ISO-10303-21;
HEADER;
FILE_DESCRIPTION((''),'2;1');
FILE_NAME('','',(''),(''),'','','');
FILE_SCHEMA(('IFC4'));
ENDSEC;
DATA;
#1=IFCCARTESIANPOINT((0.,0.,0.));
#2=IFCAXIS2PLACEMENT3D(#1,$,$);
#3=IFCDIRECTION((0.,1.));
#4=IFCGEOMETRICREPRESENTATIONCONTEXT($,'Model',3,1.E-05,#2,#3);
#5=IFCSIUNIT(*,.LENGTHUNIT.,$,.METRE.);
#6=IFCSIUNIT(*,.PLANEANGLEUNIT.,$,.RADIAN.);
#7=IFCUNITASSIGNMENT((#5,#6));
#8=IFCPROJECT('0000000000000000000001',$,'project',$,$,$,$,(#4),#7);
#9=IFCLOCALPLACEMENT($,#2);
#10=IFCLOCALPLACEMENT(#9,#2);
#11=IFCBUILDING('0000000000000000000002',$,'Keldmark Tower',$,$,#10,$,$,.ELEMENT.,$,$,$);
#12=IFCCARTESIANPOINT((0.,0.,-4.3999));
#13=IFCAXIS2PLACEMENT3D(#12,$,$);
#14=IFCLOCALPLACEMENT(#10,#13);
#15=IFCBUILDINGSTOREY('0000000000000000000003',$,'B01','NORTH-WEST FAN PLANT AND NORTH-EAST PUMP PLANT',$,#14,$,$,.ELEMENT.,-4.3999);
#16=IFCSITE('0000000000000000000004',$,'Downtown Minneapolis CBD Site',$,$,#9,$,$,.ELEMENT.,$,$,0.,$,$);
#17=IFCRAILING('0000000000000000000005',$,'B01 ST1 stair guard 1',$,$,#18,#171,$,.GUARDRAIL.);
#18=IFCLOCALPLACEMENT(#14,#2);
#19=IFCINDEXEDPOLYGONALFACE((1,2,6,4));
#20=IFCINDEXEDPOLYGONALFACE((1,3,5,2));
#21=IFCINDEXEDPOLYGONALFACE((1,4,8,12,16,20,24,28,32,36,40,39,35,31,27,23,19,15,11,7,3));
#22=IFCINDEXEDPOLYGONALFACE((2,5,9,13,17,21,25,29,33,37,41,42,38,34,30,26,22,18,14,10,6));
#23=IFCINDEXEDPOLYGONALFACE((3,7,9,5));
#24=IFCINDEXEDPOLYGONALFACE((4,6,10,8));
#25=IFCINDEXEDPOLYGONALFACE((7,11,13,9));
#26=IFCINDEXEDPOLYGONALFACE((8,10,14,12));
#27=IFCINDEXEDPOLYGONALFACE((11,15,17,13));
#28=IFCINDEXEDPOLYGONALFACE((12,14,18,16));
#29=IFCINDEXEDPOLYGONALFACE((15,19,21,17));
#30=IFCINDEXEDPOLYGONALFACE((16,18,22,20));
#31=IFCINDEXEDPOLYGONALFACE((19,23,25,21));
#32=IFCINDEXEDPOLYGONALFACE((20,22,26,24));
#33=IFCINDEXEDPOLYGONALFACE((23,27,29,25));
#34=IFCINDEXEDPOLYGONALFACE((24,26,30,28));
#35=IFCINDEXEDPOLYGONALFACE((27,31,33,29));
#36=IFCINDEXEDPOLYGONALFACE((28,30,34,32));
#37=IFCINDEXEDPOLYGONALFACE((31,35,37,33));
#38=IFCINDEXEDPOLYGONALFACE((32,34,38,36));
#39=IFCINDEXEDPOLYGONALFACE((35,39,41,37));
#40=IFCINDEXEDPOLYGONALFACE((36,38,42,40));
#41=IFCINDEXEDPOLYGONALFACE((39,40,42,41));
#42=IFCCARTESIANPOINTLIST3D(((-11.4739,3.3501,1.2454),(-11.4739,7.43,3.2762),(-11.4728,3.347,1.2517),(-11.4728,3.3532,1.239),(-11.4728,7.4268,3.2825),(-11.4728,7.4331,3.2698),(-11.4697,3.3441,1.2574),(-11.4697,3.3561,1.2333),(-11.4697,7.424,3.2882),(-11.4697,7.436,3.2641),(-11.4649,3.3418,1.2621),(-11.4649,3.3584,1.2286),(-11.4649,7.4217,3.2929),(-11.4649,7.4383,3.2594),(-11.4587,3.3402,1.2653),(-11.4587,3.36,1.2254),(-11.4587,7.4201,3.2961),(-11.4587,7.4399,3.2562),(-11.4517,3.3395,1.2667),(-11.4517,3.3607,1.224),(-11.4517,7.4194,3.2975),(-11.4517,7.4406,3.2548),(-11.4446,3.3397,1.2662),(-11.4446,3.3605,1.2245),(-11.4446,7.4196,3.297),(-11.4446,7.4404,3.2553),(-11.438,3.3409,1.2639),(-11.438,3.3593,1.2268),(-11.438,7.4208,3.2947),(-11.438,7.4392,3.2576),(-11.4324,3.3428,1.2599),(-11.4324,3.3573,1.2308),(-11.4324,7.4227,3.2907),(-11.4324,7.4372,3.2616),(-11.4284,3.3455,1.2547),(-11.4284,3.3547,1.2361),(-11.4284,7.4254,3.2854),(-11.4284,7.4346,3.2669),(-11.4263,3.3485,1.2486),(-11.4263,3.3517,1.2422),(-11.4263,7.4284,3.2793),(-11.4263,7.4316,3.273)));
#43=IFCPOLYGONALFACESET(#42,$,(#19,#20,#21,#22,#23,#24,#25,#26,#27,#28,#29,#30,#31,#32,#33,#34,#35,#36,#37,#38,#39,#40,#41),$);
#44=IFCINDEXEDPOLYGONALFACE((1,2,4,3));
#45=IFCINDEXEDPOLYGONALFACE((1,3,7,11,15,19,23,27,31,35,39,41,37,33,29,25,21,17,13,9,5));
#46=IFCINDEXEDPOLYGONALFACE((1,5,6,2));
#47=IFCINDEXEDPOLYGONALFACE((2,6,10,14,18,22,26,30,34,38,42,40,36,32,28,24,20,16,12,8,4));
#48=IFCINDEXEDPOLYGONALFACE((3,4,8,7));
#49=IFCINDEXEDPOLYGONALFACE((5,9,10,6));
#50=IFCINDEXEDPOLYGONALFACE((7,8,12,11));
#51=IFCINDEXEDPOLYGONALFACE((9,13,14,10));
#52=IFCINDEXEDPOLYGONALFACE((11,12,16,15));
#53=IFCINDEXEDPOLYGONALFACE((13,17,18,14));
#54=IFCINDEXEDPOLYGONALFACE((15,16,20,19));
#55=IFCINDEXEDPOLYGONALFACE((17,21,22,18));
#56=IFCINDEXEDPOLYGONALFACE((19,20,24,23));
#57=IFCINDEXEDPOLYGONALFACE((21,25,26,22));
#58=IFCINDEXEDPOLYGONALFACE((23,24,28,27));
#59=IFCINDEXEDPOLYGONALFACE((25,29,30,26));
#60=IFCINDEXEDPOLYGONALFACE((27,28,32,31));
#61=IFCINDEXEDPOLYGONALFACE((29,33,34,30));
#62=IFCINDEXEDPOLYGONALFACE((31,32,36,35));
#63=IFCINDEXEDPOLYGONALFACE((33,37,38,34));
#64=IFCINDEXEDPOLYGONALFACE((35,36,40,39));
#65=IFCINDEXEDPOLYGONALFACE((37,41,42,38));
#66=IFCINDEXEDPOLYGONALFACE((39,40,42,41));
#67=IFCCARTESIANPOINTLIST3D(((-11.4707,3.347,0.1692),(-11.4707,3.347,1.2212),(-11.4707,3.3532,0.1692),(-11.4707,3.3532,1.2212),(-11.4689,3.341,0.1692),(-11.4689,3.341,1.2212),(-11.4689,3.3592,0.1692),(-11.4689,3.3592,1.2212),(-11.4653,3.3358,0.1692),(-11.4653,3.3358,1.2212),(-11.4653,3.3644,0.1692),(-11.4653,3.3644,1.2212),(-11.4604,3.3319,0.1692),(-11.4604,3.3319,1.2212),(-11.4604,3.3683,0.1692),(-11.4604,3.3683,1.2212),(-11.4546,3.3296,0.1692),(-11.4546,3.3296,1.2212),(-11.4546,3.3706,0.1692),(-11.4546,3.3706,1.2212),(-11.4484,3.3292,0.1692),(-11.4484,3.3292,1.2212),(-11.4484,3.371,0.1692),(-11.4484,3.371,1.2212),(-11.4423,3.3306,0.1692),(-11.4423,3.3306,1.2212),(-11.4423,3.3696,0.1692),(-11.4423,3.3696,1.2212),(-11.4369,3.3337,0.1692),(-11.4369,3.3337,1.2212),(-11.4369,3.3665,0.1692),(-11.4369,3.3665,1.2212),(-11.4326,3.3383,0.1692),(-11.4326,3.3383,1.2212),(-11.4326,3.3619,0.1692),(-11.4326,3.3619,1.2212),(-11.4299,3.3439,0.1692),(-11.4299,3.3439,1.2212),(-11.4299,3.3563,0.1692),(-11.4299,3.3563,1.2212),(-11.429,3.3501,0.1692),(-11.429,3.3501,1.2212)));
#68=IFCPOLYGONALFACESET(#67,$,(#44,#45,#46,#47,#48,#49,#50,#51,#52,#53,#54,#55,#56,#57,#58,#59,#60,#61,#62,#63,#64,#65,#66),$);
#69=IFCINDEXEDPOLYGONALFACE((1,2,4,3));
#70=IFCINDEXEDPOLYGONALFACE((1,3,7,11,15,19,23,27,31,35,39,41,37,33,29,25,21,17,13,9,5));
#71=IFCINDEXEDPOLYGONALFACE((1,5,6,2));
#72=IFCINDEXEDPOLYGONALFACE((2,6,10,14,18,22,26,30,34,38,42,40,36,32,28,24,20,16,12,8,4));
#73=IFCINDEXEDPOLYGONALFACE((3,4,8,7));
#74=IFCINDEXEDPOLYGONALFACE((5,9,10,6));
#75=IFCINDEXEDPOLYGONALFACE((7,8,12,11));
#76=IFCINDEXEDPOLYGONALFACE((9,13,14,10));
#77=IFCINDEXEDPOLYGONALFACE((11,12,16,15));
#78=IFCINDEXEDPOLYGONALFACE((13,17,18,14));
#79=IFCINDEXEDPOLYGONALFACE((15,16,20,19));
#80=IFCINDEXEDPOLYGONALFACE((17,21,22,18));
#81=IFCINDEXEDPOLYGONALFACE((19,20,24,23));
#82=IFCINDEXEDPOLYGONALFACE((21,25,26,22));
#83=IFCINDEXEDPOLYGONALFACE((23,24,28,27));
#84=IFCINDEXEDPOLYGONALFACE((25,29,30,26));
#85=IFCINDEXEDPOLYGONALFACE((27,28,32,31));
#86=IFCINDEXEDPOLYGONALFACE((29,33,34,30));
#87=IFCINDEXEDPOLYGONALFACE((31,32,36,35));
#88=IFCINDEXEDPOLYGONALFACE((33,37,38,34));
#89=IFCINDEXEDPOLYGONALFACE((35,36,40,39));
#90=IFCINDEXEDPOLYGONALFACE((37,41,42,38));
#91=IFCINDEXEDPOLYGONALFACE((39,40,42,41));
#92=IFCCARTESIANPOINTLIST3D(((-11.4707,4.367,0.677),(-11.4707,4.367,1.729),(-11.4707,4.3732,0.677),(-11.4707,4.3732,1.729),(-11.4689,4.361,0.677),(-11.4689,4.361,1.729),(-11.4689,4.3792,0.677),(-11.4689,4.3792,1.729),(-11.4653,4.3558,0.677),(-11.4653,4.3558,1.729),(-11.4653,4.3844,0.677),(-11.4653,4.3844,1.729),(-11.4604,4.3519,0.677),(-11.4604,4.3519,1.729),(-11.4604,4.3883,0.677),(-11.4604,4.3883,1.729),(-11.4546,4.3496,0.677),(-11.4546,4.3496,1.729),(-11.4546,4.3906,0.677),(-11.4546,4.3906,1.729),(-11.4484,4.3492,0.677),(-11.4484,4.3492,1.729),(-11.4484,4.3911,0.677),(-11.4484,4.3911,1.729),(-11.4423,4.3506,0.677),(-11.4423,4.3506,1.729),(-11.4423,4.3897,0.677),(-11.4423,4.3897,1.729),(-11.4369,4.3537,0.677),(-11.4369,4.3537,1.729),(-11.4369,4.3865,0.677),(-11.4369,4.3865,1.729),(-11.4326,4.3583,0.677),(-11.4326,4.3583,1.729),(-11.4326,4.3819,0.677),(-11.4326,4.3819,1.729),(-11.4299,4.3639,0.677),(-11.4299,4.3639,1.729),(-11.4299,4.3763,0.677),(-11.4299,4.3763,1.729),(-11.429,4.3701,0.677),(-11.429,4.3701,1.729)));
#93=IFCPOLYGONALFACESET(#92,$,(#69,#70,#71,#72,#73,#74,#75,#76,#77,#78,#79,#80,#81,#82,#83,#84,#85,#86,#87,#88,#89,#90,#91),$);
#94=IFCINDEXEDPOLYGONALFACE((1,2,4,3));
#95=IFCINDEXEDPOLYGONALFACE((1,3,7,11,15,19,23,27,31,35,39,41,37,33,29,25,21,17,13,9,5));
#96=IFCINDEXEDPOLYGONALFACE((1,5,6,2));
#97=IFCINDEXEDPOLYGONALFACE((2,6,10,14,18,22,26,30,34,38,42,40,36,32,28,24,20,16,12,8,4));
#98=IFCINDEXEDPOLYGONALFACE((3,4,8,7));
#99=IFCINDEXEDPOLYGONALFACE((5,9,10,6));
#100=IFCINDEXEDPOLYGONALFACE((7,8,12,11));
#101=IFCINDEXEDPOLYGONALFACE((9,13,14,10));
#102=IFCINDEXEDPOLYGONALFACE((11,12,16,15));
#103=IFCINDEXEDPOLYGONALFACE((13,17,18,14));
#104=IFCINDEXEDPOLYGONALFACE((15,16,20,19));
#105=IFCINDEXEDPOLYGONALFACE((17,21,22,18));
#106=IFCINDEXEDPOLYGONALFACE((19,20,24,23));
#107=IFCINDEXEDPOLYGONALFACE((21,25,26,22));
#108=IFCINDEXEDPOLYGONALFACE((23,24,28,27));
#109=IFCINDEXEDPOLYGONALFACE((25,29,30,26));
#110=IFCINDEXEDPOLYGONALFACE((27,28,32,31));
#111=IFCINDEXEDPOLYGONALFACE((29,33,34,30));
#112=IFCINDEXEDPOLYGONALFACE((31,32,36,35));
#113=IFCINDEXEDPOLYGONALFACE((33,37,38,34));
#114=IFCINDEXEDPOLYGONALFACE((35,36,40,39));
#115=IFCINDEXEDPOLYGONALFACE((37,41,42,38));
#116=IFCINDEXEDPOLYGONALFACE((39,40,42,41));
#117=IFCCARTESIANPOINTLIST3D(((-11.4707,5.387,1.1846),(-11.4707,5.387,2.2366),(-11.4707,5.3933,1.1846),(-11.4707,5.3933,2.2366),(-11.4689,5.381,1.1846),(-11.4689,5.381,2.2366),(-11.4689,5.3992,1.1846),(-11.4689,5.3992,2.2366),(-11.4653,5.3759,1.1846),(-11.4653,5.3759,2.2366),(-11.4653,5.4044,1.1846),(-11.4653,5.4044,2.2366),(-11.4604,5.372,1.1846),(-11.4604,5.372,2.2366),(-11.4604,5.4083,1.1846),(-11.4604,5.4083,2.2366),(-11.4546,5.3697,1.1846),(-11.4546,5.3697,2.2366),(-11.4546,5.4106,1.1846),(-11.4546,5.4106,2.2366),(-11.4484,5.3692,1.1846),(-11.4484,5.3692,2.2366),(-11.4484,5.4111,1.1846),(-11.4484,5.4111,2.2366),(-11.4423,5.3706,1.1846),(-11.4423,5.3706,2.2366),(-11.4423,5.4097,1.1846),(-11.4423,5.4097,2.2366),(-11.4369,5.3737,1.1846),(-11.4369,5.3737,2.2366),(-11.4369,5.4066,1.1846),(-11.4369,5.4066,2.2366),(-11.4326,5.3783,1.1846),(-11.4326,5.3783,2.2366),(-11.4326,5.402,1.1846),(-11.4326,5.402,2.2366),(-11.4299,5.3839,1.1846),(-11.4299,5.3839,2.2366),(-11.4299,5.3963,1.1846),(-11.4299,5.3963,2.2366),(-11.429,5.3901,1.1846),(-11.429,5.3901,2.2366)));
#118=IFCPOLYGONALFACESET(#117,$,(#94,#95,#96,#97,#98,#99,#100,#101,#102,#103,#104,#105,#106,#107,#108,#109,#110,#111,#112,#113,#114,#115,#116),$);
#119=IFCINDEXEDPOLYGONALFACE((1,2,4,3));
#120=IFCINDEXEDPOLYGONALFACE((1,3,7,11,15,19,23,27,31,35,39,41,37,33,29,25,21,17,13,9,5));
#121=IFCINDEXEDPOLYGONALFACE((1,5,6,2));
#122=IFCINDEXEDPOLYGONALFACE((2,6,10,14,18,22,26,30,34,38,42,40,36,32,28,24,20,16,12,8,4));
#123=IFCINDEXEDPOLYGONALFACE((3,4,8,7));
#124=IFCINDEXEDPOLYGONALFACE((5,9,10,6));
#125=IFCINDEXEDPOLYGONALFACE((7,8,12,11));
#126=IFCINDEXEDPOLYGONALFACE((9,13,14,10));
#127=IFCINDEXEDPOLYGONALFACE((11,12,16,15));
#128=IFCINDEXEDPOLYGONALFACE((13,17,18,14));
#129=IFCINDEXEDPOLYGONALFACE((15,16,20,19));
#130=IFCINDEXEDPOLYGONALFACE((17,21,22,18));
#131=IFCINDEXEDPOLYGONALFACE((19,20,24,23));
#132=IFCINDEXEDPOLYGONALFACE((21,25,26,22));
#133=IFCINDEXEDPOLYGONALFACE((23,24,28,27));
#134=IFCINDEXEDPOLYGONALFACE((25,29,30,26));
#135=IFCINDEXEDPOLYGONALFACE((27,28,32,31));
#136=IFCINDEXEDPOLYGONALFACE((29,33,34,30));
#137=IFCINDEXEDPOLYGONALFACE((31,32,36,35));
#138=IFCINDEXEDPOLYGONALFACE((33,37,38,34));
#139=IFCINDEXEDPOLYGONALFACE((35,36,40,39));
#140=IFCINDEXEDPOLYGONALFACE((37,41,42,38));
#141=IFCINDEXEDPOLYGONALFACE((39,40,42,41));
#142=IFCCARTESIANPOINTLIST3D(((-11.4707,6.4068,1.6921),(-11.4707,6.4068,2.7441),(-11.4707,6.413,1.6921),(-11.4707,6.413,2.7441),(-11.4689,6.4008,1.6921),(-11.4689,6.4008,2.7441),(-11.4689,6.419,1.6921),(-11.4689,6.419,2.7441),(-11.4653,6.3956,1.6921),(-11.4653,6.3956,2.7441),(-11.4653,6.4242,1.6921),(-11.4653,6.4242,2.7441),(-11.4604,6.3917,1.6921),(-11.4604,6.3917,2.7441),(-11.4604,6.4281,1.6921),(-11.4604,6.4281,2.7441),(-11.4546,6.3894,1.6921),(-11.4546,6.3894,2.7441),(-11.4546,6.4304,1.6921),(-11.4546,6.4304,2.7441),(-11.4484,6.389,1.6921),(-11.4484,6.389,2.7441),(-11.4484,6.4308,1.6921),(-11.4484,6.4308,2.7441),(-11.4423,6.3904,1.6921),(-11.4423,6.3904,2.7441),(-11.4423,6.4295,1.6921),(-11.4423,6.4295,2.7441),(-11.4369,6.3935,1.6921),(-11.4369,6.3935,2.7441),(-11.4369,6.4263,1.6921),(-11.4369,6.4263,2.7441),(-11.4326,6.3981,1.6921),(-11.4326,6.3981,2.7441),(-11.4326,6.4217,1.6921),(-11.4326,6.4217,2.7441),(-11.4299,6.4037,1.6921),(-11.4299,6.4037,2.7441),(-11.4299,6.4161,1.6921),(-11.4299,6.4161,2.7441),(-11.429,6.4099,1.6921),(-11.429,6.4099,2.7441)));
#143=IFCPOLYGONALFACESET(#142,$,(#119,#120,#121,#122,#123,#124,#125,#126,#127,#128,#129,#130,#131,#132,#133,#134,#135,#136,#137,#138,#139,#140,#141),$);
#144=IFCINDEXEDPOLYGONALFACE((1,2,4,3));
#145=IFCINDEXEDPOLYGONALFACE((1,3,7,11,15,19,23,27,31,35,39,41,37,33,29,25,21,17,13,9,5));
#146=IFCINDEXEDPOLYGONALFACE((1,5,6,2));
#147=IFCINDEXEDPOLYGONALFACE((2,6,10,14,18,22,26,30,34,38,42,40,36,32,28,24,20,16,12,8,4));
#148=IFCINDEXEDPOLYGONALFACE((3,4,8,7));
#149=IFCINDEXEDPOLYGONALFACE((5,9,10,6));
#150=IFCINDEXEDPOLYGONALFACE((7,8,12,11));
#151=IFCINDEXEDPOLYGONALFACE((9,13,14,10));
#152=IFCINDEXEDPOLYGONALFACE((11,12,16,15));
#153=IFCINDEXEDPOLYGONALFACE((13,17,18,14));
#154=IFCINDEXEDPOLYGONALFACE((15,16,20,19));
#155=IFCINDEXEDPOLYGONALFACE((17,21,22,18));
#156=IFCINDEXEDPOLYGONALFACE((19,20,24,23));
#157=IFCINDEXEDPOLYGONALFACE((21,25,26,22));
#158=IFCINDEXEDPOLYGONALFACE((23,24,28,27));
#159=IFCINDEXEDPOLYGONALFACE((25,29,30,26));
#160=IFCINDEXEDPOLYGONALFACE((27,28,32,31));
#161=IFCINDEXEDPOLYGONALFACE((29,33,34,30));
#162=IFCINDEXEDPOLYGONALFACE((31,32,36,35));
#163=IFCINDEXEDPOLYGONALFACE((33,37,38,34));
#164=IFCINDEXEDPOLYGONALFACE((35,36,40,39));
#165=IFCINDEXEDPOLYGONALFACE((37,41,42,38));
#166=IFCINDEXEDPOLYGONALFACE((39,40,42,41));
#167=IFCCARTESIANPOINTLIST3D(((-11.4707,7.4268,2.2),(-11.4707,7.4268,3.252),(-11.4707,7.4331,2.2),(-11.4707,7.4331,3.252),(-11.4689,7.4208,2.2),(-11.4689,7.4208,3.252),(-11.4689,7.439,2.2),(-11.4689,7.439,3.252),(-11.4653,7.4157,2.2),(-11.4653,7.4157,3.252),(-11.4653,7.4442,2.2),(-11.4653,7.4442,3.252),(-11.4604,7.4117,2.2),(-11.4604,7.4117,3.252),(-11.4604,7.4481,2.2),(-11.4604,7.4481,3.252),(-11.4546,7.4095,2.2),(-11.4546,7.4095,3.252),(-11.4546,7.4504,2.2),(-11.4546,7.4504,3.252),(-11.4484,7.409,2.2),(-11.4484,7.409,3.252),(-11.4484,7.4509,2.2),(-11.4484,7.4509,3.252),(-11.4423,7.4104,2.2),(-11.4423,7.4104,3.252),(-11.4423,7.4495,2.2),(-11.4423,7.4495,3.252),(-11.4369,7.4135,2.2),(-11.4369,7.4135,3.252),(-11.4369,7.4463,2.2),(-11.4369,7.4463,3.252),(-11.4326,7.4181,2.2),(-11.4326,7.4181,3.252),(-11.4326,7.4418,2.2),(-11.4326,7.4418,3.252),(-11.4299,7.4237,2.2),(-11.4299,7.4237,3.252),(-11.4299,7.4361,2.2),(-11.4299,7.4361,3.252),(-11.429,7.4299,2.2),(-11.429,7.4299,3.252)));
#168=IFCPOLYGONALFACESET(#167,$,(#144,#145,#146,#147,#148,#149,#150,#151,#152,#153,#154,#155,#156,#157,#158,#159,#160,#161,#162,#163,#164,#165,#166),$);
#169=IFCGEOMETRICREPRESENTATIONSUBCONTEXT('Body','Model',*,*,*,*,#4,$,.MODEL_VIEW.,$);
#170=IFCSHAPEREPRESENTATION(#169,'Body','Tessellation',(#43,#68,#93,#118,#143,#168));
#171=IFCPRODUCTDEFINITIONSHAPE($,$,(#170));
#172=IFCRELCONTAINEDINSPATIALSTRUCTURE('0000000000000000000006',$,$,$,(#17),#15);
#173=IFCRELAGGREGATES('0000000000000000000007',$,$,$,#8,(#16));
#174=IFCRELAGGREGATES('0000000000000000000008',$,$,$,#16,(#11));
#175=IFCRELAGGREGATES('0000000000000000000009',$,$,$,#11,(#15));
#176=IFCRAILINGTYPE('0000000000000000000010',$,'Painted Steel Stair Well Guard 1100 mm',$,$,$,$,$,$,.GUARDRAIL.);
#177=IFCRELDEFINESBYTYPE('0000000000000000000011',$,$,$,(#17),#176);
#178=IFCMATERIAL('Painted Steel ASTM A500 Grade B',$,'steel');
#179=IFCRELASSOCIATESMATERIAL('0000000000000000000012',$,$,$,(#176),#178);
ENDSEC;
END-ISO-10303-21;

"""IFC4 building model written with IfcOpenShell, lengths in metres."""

from ifc_helpers import new_model, si_unit, direction, frame, origin, origin_2d, place, context, subcontext, project, spatial, circle, extrude, material, type_object, element, save


model = new_model("IFC4")

# Units and contexts
model_context = context("Model", 3, precision=1e-05, world=origin(), true_north=direction((0.0, 1.0)))
body_context = subcontext(model_context, "Body", "Model", "MODEL_VIEW")
ifc_project = project(units=[si_unit("LENGTHUNIT", "METRE"), si_unit("PLANEANGLEUNIT", "RADIAN")], contexts=[model_context])

# Site, building, storey
site_placement = place(None, origin())
site = spatial("IfcSite", under=ifc_project, at=site_placement, Name="Downtown Minneapolis CBD Site", CompositionType="ELEMENT", RefElevation=0.0)
building_placement = place(site_placement, origin())
building = spatial("IfcBuilding", under=site, at=building_placement, Name="Keldmark Tower", CompositionType="ELEMENT")
storey_placement = place(building_placement, frame((0.0, 0.0, -4.3999)))
storey = spatial("IfcBuildingStorey", under=building, at=storey_placement, Name="B01", Description="NORTH-WEST FAN PLANT AND NORTH-EAST PUMP PLANT", CompositionType="ELEMENT", Elevation=-4.3999)

# Railing
ifc_material_1 = material(Name="Painted Steel ASTM A500 Grade B", Category="steel")
railing_type_1 = type_object("IfcRailingType", Name="Painted Steel Stair Well Guard 1100 mm", PredefinedType="GUARDRAIL", material=ifc_material_1)
railing_1_placement = place(storey_placement, frame((-11.45, 3.3501, 0.1692)))
element("IfcRailing", 1, at=railing_1_placement, inside=storey, type_object=railing_type_1, Name="B01 ST1 stair guard 1", PredefinedType="GUARDRAIL", context=body_context, shape_type="SweptSolid", body=[
    extrude(circle(Radius=0.0239, at=origin_2d()), frame((0.0, 0.0, 1.0762), z_axis=(0.0, 0.895229, 0.445606), x_axis=(-1.0, 0.0, 0.0)), (0.0, 0.0, 1.0), 4.5574),
    extrude(circle(Radius=0.021, at=origin_2d()), origin(), (0.0, 0.0, 1.0), 1.052),
    extrude(circle(Radius=0.021, at=origin_2d()), frame((0.0, 1.02, 0.5078)), (0.0, 0.0, 1.0), 1.052),
    extrude(circle(Radius=0.021, at=origin_2d()), frame((0.0, 2.04, 1.0154)), (0.0, 0.0, 1.0), 1.052),
    extrude(circle(Radius=0.021, at=origin_2d()), frame((0.0, 3.0598, 1.5229)), (0.0, 0.0, 1.0), 1.052),
    extrude(circle(Radius=0.021, at=origin_2d()), frame((0.0, 4.0798, 2.0308)), (0.0, 0.0, 1.0), 1.052),
])

save(model, "model.ifc")
